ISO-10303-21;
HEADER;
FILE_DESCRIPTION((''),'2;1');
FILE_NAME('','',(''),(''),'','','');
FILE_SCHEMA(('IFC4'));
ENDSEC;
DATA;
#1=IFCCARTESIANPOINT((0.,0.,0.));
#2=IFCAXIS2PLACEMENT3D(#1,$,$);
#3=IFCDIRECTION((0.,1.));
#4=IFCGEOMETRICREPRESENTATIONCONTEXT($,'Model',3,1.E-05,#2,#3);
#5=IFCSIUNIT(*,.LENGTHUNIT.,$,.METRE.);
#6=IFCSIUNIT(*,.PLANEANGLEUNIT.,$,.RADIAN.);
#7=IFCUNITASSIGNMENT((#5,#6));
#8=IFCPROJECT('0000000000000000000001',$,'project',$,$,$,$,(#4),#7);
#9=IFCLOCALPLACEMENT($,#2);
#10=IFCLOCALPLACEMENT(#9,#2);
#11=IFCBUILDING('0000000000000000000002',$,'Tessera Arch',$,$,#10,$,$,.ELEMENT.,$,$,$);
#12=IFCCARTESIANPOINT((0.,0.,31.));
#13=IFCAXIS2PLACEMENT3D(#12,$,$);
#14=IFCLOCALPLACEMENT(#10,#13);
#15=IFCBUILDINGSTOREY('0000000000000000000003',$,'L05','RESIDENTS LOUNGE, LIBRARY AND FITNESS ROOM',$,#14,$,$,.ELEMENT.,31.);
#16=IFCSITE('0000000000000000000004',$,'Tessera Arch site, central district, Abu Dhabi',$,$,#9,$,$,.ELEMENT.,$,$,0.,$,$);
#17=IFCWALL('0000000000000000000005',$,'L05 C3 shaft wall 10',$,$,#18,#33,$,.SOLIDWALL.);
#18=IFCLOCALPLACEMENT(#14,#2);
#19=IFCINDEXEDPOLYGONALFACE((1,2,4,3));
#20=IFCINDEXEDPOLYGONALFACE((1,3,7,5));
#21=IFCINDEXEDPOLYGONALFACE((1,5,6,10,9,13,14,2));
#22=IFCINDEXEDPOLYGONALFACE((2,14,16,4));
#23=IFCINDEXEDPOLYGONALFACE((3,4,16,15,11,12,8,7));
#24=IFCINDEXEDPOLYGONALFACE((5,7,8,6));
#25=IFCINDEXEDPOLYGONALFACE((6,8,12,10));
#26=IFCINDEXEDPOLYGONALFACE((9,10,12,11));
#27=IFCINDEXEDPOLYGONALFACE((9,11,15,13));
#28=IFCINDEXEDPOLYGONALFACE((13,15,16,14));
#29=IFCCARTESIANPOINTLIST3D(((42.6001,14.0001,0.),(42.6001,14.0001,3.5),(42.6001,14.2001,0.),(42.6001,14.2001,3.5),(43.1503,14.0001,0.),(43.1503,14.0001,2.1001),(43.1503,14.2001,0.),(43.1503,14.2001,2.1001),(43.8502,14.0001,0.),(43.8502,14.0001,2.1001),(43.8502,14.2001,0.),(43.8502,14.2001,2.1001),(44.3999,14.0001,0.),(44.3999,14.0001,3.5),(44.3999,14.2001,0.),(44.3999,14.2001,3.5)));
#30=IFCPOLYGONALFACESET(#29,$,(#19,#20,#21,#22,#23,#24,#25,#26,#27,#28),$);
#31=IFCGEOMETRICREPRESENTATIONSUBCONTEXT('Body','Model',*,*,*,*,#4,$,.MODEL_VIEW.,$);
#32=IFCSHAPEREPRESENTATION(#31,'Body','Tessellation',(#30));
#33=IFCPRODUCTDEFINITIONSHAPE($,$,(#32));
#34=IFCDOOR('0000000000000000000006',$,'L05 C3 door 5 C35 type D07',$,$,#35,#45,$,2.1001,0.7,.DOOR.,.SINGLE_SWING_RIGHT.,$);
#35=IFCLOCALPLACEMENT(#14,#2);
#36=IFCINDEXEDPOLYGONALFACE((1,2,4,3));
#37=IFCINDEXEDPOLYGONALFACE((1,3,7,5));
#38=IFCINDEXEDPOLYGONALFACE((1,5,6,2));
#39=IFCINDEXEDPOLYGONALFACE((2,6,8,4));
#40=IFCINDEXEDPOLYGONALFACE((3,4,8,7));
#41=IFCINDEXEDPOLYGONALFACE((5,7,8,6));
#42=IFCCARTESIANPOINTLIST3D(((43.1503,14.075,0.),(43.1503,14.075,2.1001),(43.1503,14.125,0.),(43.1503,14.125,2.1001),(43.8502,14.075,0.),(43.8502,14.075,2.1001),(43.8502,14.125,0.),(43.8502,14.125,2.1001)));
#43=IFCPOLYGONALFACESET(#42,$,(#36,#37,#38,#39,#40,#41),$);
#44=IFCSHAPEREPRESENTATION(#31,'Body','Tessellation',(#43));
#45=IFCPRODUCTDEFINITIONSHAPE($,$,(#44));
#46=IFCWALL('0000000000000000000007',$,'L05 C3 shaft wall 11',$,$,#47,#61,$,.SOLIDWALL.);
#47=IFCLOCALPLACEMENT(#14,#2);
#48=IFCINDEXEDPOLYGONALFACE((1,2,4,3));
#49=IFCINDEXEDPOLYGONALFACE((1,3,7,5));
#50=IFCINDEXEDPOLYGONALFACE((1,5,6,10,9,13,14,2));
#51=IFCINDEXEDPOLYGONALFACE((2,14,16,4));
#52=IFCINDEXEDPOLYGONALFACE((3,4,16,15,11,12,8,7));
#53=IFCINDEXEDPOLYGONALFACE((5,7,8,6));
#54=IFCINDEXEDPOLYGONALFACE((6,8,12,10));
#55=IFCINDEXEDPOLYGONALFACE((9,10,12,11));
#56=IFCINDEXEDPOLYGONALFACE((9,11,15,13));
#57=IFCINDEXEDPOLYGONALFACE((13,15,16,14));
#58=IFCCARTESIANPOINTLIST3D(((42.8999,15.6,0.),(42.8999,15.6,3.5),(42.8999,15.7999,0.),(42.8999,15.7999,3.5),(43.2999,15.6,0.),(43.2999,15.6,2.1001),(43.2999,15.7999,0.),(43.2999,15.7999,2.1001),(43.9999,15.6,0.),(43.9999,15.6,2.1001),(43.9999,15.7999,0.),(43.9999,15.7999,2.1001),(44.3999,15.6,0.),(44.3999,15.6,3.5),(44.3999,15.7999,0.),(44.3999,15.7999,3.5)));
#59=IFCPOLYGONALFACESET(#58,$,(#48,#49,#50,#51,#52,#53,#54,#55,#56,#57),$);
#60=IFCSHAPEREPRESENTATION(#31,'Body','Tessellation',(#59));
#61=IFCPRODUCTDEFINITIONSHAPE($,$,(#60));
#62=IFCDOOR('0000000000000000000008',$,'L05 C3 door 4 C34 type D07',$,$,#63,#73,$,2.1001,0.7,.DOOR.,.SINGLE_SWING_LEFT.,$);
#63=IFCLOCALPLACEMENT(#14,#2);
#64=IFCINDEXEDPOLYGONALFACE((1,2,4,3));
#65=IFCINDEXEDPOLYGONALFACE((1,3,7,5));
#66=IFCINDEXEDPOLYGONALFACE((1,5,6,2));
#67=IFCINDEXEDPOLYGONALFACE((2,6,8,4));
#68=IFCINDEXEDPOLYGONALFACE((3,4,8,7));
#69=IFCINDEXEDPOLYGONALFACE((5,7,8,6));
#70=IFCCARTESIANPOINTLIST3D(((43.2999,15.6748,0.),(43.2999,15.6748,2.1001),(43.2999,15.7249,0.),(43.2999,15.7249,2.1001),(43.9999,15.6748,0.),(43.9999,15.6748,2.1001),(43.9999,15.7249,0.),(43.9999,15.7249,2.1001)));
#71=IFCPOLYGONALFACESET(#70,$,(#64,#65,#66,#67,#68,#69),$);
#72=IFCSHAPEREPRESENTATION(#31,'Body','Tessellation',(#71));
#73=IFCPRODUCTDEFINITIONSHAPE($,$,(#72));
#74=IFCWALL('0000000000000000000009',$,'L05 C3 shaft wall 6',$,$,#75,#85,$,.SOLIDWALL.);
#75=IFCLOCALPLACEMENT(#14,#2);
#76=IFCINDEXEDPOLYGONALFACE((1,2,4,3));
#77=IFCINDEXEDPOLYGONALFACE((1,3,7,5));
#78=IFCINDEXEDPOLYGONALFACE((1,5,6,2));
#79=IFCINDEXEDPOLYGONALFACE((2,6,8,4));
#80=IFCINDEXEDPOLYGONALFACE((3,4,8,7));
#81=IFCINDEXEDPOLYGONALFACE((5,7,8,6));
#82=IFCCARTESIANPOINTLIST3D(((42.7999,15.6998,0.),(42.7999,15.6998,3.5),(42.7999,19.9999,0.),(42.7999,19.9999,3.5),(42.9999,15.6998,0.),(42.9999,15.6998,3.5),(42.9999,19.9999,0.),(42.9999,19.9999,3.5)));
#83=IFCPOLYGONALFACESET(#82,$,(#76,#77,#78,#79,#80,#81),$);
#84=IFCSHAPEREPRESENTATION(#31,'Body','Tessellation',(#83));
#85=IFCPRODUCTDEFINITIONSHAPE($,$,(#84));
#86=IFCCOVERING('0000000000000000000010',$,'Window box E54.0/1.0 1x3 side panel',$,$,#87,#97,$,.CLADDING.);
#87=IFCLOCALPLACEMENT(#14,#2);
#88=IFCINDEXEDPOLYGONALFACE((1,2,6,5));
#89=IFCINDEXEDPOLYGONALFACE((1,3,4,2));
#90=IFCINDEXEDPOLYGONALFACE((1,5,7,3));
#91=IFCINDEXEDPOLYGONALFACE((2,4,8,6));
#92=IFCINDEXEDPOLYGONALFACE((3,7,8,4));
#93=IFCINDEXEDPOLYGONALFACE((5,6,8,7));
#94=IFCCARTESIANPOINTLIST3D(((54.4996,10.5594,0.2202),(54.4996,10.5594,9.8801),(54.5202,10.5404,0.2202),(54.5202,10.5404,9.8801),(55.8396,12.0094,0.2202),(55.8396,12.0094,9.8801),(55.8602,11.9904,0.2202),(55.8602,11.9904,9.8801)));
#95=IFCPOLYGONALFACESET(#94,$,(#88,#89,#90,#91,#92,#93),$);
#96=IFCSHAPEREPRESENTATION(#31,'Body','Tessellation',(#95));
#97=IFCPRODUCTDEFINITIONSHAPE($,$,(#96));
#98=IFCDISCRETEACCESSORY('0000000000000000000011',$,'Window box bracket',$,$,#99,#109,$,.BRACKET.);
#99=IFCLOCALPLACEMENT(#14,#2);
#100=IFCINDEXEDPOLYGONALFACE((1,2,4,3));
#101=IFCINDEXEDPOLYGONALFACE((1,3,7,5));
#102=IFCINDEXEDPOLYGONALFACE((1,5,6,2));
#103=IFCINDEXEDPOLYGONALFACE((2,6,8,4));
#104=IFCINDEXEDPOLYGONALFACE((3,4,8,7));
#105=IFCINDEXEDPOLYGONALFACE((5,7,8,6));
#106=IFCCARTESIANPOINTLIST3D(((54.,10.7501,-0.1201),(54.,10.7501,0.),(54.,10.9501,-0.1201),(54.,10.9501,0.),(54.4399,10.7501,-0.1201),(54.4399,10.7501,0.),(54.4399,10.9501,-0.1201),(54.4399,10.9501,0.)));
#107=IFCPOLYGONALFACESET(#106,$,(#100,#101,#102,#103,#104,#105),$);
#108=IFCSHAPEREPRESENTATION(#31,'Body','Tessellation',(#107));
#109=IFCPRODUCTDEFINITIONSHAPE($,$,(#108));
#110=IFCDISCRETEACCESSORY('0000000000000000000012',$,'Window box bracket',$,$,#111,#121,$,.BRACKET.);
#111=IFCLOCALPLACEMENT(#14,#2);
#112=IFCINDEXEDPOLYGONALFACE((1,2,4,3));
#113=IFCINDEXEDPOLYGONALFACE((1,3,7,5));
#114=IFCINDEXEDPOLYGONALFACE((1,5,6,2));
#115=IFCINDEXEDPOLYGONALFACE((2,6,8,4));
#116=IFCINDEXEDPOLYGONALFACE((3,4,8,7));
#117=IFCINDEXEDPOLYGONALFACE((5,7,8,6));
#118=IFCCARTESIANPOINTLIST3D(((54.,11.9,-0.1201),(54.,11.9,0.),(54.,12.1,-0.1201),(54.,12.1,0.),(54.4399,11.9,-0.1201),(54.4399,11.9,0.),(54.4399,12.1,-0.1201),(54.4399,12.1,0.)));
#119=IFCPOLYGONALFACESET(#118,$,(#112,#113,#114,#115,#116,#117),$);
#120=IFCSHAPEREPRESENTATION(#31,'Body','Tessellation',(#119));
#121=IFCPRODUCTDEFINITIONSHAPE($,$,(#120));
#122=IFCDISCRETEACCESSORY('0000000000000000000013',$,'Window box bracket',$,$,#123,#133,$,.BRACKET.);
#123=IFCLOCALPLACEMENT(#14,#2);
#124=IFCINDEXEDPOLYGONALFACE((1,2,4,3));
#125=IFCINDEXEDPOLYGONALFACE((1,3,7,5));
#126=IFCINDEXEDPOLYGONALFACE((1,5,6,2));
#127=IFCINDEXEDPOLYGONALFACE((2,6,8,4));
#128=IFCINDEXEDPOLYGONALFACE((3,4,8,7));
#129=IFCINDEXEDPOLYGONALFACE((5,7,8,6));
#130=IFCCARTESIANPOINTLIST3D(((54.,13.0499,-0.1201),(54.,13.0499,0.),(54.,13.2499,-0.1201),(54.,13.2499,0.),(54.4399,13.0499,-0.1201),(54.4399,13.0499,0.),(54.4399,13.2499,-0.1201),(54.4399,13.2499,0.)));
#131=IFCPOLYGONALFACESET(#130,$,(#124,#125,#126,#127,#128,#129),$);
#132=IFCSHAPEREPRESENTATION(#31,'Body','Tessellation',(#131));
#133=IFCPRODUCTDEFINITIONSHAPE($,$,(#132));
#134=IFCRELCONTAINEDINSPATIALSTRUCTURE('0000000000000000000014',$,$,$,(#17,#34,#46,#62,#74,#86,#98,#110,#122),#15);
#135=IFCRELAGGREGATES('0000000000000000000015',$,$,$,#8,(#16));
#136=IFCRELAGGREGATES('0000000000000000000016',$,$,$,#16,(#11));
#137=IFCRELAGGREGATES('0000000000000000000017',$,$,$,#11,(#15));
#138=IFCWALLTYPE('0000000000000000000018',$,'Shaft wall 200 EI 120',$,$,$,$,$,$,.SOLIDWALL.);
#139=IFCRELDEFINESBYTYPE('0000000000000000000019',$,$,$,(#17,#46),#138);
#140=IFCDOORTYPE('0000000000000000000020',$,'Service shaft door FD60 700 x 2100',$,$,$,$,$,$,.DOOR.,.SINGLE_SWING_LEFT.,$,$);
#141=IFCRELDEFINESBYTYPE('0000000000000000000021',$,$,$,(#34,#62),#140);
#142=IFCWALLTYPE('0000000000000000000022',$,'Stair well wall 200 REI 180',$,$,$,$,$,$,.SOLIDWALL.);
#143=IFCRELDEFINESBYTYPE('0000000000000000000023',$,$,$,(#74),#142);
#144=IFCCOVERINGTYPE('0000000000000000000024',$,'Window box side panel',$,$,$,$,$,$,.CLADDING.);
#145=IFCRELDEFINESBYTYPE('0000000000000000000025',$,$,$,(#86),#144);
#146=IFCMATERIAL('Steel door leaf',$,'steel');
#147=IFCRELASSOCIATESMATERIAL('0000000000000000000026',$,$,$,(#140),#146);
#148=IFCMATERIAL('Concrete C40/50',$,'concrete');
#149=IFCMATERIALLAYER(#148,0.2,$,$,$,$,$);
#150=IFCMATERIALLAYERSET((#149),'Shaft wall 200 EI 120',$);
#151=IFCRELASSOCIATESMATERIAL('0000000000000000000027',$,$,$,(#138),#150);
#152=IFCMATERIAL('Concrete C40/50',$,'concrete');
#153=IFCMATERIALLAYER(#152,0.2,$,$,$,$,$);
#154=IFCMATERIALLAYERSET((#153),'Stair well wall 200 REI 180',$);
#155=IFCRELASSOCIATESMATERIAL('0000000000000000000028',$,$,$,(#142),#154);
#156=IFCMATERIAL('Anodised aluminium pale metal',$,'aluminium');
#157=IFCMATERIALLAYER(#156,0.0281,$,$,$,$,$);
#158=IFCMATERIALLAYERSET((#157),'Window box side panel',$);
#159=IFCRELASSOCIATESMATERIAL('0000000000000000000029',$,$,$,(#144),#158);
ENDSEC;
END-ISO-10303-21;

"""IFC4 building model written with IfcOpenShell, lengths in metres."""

from ifc_helpers import new_model, si_unit, direction, frame, frame_2d, origin, origin_2d, place, context, subcontext, project, spatial, rectangle, extrude, material, layer, layer_set, type_object, element, fill, save


model = new_model("IFC4")

# Units and contexts
model_context = context("Model", 3, precision=1e-05, world=origin(), true_north=direction((0.0, 1.0)))
body_context = subcontext(model_context, "Body", "Model", "MODEL_VIEW")
ifc_project = project(units=[si_unit("LENGTHUNIT", "METRE"), si_unit("PLANEANGLEUNIT", "RADIAN")], contexts=[model_context])

# Site, building, storey
site_placement = place(None, origin())
site = spatial("IfcSite", under=ifc_project, at=site_placement, Name="Tessera Arch site, central district, Abu Dhabi", CompositionType="ELEMENT", RefElevation=0.0)
building_placement = place(site_placement, origin())
building = spatial("IfcBuilding", under=site, at=building_placement, Name="Tessera Arch", CompositionType="ELEMENT")
storey_placement = place(building_placement, frame((0.0, 0.0, 31.0)))
storey = spatial("IfcBuildingStorey", under=building, at=storey_placement, Name="L05", Description="RESIDENTS LOUNGE, LIBRARY AND FITNESS ROOM", CompositionType="ELEMENT", Elevation=31.0)

# Shared definitions
ifc_material_1 = material(Name="Steel door leaf", Category="steel")
door_type = type_object("IfcDoorType", Name="Service shaft door FD60 700 x 2100", OperationType="SINGLE_SWING_LEFT", PredefinedType="DOOR", material=ifc_material_1)

# Shared definitions
ifc_material_2 = material(Name="Concrete C40/50", Category="concrete")
ifc_layer_1 = layer(ifc_material_2, 0.2)
ifc_layer_set_1 = layer_set([ifc_layer_1], Name="Shaft wall 200 EI 120")
wall_type_1 = type_object("IfcWallType", Name="Shaft wall 200 EI 120", PredefinedType="SOLIDWALL", material=ifc_layer_set_1)

# Walls, openings, doors
wall_1_placement = place(storey_placement, frame((42.6001, 14.1001, 0.0), z_axis=(0.0, 0.0, 1.0), x_axis=(1.0, 0.0, 0.0)))
wall_1 = element("IfcWall", 1, at=wall_1_placement, inside=storey, type_object=wall_type_1, Name="L05 C3 shaft wall 10", PredefinedType="SOLIDWALL", context=body_context, shape_type="SweptSolid", body=[
    extrude(rectangle(XDim=1.7998, YDim=0.2, at=frame_2d((0.8999, 0.0))), origin(), (0.0, 0.0, 1.0), 3.5),
])
opening_1_placement = place(wall_1_placement, frame((0.55, 0.0, 0.0)))
opening_1 = element("IfcOpeningElement", 2, at=opening_1_placement, cuts=wall_1, PredefinedType="OPENING", context=body_context, shape_type="SweptSolid", body=[
    extrude(rectangle(XDim=0.7, YDim=2.1001, at=frame_2d((0.3501, 1.05))), frame((0.0, 0.1099, 0.0), z_axis=(0.0, -1.0, 0.0), x_axis=(1.0, 0.0, 0.0)), (0.0, 0.0, 1.0), 0.22),
])
door_1_placement = place(opening_1_placement, origin())
door_1 = element("IfcDoor", 3, at=door_1_placement, inside=storey, type_object=door_type, Name="L05 C3 door 5 C35 type D07", OperationType="SINGLE_SWING_RIGHT", OverallHeight=2.1001, OverallWidth=0.7, PredefinedType="DOOR", context=body_context, shape_type="SweptSolid", body=[
    extrude(rectangle(XDim=0.7, YDim=2.1001, at=frame_2d((0.3501, 1.05))), frame((0.0, 0.0249, 0.0), z_axis=(0.0, -1.0, 0.0), x_axis=(1.0, 0.0, 0.0)), (0.0, 0.0, 1.0), 0.05),
])
fill(opening_1, door_1)
wall_2_placement = place(storey_placement, frame((42.8999, 15.7, 0.0), z_axis=(0.0, 0.0, 1.0), x_axis=(1.0, 0.0, 0.0)))
wall_2 = element("IfcWall", 4, at=wall_2_placement, inside=storey, type_object=wall_type_1, Name="L05 C3 shaft wall 11", PredefinedType="SOLIDWALL", context=body_context, shape_type="SweptSolid", body=[
    extrude(rectangle(XDim=1.5, YDim=0.2, at=frame_2d((0.75, 0.0))), origin(), (0.0, 0.0, 1.0), 3.5),
])
opening_2_placement = place(wall_2_placement, frame((0.3999, 0.0, 0.0)))
opening_2 = element("IfcOpeningElement", 5, at=opening_2_placement, cuts=wall_2, PredefinedType="OPENING", context=body_context, shape_type="SweptSolid", body=[
    extrude(rectangle(XDim=0.7, YDim=2.1001, at=frame_2d((0.3501, 1.05))), frame((0.0, 0.1099, 0.0), z_axis=(0.0, -1.0, 0.0), x_axis=(1.0, 0.0, 0.0)), (0.0, 0.0, 1.0), 0.22),
])
door_2_placement = place(opening_2_placement, origin())
door_2 = element("IfcDoor", 6, at=door_2_placement, inside=storey, type_object=door_type, Name="L05 C3 door 4 C34 type D07", OperationType="SINGLE_SWING_LEFT", OverallHeight=2.1001, OverallWidth=0.7, PredefinedType="DOOR", context=body_context, shape_type="SweptSolid", body=[
    extrude(rectangle(XDim=0.7, YDim=2.1001, at=frame_2d((0.3501, 1.05))), frame((0.0, 0.0249, 0.0), z_axis=(0.0, -1.0, 0.0), x_axis=(1.0, 0.0, 0.0)), (0.0, 0.0, 1.0), 0.05),
])
fill(opening_2, door_2)

# Wall
ifc_material_3 = material(Name="Concrete C40/50", Category="concrete")
ifc_layer_2 = layer(ifc_material_3, 0.2)
ifc_layer_set_2 = layer_set([ifc_layer_2], Name="Stair well wall 200 REI 180")
wall_type_2 = type_object("IfcWallType", Name="Stair well wall 200 REI 180", PredefinedType="SOLIDWALL", material=ifc_layer_set_2)
wall_3_placement = place(storey_placement, frame((42.8999, 15.7, 0.0), z_axis=(0.0, 0.0, 1.0), x_axis=(0.0, 1.0, 0.0)))
element("IfcWall", 7, at=wall_3_placement, inside=storey, type_object=wall_type_2, Name="L05 C3 shaft wall 6", PredefinedType="SOLIDWALL", context=body_context, shape_type="SweptSolid", body=[
    extrude(rectangle(XDim=4.3, YDim=0.2, at=frame_2d((2.1499, 0.0))), origin(), (0.0, 0.0, 1.0), 3.5),
])

# Covering
ifc_material_4 = material(Name="Anodised aluminium pale metal", Category="aluminium")
ifc_layer_3 = layer(ifc_material_4, 0.0281)
ifc_layer_set_3 = layer_set([ifc_layer_3], Name="Window box side panel")
covering_type = type_object("IfcCoveringType", Name="Window box side panel", PredefinedType="CLADDING", material=ifc_layer_set_3)
covering_placement = place(storey_placement, frame((55.1799, 11.2749, 0.2202), z_axis=(0.0, 0.0, 1.0), x_axis=(0.678701, 0.734415, 0.0)))
element("IfcCovering", 8, at=covering_placement, inside=storey, type_object=covering_type, Name="Window box E54.0/1.0 1x3 side panel", PredefinedType="CLADDING", context=body_context, shape_type="SweptSolid", body=[
    extrude(rectangle(XDim=1.9744, YDim=0.0281, at=origin_2d()), origin(), (0.0, 0.0, 1.0), 9.6599),
])

# Discrete accessories
for number, where, z_axis, x_axis, name in (
    (9, (54.22, 10.8501, -0.1201), (0.0, 0.0, 1.0), (1.0, 0.0, 0.0), "Window box bracket"),
    (10, (54.22, 12.0, -0.1201), (0.0, 0.0, 1.0), (1.0, 0.0, 0.0), "Window box bracket"),
    (11, (54.22, 13.1499, -0.1201), (0.0, 0.0, 1.0), (1.0, 0.0, 0.0), "Window box bracket"),
):
    element("IfcDiscreteAccessory", number, at=place(storey_placement, frame(where, z_axis=z_axis, x_axis=x_axis)), inside=storey, Name=name, PredefinedType="BRACKET", context=body_context, shape_type="SweptSolid", body=[
        extrude(rectangle(XDim=0.4399, YDim=0.2, at=origin_2d()), origin(), (0.0, 0.0, 1.0), 0.1201),
    ])

save(model, "model.ifc")
